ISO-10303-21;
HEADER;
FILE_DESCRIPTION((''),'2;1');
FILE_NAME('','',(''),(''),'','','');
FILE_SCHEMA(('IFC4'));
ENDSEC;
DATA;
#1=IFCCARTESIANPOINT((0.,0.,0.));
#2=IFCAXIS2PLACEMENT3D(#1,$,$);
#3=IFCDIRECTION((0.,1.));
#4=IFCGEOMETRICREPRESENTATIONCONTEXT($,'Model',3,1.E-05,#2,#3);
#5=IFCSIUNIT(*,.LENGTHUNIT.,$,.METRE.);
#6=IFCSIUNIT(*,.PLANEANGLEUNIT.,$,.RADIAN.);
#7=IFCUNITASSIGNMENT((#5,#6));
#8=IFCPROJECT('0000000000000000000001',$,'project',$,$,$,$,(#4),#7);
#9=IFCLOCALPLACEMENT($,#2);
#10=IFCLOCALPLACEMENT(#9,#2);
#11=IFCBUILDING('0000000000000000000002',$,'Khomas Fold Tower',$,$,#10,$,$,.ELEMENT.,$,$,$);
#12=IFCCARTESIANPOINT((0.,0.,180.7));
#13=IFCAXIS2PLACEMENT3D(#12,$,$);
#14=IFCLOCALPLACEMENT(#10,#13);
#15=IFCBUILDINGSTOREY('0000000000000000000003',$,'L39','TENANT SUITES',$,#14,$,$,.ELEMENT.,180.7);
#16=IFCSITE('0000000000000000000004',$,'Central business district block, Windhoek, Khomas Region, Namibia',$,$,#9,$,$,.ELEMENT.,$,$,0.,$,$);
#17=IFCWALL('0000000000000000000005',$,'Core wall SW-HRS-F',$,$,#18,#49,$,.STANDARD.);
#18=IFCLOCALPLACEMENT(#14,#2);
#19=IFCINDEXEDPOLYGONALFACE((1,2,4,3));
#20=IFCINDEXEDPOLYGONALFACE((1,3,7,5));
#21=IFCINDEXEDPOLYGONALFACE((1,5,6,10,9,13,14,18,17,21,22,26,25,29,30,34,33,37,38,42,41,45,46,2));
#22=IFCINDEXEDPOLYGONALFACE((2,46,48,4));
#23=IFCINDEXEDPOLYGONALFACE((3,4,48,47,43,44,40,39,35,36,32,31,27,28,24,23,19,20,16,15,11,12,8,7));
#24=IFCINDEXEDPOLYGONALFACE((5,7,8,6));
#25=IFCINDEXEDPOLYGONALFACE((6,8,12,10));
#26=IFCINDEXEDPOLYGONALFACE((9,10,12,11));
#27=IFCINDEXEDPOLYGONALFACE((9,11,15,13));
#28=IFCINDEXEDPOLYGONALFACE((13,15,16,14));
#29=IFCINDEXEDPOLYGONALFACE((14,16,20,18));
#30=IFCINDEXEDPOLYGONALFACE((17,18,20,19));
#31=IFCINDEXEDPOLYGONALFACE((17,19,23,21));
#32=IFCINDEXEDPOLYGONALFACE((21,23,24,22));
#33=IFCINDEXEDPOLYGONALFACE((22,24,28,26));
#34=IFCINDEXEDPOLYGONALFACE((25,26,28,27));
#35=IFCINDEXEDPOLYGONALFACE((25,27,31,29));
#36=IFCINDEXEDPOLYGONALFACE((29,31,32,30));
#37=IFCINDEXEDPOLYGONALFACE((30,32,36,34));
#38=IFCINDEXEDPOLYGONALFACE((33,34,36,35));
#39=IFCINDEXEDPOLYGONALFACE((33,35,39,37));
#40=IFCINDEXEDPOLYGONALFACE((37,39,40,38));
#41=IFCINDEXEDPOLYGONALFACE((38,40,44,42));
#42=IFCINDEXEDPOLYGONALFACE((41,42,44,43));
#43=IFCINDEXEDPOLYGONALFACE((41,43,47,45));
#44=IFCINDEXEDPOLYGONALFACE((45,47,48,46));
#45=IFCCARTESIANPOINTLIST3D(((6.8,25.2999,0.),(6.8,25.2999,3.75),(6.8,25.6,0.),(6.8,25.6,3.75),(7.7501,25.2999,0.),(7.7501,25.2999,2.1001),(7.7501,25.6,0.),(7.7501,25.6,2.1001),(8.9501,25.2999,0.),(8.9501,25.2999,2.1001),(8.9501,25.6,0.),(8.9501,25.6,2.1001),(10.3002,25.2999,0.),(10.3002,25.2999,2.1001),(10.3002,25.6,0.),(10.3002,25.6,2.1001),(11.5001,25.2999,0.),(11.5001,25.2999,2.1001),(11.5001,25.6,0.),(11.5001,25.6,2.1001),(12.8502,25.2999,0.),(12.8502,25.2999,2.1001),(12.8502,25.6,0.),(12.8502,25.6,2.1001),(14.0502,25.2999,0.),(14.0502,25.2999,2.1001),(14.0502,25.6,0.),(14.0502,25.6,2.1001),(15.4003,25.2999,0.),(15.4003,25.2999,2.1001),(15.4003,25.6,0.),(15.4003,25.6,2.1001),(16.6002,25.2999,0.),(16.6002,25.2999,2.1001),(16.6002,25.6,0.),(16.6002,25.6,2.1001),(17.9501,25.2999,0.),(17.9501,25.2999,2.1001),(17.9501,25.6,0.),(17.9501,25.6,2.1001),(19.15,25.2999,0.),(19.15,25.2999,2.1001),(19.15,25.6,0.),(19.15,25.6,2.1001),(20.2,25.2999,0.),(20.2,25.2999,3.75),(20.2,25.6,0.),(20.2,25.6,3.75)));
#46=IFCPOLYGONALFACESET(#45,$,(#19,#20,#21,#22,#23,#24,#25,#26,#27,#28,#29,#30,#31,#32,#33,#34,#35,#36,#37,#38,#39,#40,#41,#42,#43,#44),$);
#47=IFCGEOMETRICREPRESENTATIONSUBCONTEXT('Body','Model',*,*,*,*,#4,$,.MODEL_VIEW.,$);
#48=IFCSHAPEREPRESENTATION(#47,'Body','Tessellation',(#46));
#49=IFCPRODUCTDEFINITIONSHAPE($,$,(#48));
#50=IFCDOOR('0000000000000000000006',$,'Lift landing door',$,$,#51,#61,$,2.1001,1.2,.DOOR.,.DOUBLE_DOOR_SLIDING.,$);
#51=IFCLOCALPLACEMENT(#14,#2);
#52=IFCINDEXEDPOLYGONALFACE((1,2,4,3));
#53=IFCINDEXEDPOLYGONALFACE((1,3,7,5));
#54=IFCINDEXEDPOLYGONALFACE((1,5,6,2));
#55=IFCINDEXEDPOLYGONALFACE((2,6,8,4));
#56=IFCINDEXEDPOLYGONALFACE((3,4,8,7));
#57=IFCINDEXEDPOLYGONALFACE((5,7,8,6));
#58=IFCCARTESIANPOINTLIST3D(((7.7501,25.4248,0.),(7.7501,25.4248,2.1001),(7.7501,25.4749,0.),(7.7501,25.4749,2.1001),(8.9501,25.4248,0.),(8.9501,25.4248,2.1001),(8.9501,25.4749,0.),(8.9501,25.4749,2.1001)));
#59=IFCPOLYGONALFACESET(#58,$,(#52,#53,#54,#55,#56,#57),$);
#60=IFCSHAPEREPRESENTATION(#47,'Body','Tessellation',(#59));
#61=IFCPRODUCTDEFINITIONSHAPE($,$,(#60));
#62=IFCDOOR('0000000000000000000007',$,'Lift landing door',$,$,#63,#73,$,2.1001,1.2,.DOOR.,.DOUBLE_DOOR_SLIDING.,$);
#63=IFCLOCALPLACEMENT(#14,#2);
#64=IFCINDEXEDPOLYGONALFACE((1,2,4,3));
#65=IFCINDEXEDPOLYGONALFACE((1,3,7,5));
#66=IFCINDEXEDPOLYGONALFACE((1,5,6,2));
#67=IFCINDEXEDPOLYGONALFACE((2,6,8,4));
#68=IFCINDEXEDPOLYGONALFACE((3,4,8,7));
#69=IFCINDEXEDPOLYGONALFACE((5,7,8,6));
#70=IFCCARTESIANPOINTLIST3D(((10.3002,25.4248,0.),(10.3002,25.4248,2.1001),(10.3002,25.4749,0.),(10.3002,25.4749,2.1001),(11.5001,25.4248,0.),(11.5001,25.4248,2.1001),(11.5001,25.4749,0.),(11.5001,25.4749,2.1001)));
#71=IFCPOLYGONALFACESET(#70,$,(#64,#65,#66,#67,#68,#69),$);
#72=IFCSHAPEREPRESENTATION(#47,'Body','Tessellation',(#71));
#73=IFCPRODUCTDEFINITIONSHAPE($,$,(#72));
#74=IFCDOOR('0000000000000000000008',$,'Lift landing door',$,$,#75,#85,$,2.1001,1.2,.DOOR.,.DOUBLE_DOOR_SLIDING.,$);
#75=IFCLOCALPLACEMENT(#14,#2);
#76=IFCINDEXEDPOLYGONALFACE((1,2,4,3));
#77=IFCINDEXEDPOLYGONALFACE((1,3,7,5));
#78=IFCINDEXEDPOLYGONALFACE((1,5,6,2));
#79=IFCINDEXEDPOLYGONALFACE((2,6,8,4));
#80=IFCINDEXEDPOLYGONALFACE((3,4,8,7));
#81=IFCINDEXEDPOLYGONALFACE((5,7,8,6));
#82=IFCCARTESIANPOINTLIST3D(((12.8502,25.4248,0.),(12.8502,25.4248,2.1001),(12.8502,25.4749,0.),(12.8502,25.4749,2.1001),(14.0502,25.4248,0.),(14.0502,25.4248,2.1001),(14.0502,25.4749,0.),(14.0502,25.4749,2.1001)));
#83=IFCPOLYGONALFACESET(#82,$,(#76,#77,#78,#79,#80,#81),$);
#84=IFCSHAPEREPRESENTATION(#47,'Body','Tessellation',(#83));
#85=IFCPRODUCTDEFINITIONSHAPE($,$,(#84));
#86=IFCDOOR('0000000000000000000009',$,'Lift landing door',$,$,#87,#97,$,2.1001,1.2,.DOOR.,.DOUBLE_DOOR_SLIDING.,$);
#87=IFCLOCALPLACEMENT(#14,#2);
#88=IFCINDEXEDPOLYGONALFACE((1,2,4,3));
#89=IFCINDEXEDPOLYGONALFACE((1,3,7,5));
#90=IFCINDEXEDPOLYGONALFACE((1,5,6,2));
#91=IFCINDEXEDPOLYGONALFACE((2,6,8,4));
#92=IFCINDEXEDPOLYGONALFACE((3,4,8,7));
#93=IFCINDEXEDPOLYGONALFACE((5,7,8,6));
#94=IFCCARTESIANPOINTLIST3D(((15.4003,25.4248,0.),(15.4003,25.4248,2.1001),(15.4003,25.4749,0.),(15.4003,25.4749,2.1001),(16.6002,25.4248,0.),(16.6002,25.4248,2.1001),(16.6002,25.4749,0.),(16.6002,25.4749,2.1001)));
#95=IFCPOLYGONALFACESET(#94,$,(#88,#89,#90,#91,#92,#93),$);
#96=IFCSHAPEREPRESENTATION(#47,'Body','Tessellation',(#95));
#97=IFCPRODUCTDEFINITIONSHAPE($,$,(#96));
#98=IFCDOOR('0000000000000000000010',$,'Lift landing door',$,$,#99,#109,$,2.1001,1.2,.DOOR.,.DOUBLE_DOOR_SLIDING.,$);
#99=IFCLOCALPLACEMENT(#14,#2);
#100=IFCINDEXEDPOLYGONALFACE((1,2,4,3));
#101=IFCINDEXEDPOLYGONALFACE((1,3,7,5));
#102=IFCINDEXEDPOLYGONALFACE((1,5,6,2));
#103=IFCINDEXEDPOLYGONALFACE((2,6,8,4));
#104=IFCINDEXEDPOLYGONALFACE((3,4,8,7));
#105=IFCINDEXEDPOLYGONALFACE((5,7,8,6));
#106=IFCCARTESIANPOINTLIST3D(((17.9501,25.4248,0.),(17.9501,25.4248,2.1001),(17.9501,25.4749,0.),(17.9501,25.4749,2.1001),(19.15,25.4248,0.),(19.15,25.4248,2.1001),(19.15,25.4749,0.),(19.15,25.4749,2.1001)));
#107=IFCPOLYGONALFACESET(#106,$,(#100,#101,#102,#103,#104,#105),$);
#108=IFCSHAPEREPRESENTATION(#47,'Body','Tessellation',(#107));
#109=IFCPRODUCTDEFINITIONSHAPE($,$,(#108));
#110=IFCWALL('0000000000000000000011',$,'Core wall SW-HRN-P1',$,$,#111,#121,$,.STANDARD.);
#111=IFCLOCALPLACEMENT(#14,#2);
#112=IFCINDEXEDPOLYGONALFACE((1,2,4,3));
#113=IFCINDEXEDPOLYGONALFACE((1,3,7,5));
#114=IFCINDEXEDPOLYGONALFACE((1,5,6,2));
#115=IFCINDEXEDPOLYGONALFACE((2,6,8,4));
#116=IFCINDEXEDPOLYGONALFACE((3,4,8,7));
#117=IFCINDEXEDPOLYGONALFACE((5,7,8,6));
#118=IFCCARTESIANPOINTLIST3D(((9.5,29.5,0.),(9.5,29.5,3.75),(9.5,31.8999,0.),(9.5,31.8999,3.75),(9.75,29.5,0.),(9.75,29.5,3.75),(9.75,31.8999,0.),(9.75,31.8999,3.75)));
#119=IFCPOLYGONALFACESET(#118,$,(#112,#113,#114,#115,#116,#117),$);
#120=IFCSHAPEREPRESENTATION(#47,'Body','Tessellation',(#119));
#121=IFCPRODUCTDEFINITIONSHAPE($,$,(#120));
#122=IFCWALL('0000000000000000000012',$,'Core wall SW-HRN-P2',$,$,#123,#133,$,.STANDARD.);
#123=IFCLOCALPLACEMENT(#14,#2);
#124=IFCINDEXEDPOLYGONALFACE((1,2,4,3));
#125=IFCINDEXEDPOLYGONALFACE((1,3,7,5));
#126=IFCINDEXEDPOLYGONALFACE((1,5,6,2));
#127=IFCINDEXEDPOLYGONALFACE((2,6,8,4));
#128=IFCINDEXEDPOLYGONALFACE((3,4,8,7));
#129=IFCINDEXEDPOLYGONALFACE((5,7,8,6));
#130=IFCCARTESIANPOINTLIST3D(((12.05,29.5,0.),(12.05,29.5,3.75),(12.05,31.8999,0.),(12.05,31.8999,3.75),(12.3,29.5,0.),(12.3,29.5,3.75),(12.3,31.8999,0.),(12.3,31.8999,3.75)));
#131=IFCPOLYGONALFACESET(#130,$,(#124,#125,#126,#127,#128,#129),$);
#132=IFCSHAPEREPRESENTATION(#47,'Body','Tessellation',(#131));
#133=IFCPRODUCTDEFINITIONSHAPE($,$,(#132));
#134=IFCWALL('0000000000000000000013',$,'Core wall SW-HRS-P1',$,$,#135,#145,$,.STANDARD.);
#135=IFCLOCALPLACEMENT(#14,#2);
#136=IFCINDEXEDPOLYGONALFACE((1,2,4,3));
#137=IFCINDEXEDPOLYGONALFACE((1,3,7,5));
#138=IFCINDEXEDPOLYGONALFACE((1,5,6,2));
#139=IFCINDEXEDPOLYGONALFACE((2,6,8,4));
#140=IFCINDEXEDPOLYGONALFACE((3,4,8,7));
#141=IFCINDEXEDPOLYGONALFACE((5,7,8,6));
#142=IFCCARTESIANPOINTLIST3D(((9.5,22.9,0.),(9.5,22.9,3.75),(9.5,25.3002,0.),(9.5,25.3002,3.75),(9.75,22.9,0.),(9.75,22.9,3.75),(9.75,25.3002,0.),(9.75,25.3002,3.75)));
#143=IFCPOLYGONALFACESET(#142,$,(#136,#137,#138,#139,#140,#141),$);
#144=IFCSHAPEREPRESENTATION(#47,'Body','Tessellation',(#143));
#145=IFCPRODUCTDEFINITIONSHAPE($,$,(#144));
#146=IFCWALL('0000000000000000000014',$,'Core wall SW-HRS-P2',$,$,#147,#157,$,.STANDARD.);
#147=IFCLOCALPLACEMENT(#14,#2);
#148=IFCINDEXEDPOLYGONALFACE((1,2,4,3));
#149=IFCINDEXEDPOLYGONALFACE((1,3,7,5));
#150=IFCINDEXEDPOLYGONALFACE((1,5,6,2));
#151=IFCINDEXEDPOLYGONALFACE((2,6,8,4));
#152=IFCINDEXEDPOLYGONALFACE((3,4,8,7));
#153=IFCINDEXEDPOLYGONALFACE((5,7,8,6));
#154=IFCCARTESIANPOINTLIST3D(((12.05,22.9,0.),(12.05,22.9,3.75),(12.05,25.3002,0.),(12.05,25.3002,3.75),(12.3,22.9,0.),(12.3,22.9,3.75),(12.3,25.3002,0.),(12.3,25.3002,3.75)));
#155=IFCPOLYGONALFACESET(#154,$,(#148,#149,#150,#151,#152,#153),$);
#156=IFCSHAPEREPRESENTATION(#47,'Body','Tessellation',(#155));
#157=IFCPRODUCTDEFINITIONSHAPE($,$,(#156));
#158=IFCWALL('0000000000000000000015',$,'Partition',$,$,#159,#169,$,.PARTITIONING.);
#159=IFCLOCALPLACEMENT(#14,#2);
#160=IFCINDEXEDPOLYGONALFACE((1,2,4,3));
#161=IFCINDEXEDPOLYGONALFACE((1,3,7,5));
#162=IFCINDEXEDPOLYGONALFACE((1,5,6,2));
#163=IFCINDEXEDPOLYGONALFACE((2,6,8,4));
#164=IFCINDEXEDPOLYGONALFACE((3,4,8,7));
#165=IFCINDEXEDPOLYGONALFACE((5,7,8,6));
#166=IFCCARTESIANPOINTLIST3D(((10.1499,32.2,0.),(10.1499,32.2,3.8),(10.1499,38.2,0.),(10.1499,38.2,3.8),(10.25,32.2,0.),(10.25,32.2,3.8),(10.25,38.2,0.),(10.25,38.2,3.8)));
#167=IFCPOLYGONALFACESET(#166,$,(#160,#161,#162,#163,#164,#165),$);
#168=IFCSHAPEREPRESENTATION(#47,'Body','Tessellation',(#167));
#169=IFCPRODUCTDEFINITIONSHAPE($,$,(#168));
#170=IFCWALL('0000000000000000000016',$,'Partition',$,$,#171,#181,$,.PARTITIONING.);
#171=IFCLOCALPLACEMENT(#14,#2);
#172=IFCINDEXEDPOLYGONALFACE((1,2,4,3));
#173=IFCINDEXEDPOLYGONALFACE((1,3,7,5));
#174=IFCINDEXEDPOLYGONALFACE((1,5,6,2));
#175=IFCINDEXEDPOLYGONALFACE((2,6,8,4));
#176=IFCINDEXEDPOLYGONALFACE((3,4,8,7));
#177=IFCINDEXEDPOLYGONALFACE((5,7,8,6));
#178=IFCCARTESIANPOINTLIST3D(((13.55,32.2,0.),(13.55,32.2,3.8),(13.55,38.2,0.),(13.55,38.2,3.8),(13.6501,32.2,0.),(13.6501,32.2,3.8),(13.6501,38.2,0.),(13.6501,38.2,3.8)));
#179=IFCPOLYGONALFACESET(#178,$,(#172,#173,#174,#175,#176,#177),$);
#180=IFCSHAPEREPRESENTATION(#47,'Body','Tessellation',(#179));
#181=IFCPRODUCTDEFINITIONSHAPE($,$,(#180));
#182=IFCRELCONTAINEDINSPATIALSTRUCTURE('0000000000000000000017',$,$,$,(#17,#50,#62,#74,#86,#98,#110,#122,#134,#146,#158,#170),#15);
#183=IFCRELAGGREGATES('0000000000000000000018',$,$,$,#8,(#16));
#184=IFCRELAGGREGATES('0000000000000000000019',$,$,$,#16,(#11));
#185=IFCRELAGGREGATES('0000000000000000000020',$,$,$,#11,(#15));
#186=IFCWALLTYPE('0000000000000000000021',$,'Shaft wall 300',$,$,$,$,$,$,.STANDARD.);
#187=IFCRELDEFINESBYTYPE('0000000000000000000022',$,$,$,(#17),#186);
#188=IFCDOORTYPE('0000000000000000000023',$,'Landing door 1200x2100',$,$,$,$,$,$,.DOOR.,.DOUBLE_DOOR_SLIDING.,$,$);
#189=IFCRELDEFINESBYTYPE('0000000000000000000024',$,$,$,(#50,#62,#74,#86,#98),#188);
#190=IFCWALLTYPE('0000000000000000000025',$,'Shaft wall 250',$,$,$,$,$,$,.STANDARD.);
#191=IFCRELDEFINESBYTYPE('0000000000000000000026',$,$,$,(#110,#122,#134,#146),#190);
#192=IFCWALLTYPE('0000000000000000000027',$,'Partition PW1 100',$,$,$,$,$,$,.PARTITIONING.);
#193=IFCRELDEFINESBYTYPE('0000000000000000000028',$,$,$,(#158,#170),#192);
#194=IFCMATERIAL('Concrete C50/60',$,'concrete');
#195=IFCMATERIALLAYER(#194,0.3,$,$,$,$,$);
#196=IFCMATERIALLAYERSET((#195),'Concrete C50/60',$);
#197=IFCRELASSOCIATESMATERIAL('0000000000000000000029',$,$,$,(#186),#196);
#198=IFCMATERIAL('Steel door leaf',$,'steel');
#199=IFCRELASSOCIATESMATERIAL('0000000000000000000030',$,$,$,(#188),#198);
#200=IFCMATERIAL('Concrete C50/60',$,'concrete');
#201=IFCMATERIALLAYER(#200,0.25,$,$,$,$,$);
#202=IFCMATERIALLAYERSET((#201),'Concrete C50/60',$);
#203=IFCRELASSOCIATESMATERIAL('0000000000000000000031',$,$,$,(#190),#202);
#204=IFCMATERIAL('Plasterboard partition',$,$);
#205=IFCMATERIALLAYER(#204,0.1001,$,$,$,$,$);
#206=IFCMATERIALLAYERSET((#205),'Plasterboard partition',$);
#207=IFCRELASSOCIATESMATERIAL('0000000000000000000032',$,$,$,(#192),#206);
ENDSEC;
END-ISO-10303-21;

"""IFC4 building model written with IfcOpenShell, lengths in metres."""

from ifc_helpers import new_model, si_unit, direction, frame, frame_2d, origin, place, context, subcontext, project, spatial, rectangle, extrude, source, transform, mapped, material, layer, layer_set, type_object, element, fill, save


model = new_model("IFC4")

# Units and contexts
model_context = context("Model", 3, precision=1e-05, world=origin(), true_north=direction((0.0, 1.0)))
body_context = subcontext(model_context, "Body", "Model", "MODEL_VIEW")
ifc_project = project(units=[si_unit("LENGTHUNIT", "METRE"), si_unit("PLANEANGLEUNIT", "RADIAN")], contexts=[model_context])

# Site, building, storey
site_placement = place(None, origin())
site = spatial("IfcSite", under=ifc_project, at=site_placement, Name="Central business district block, Windhoek, Khomas Region, Namibia", CompositionType="ELEMENT", RefElevation=0.0)
building_placement = place(site_placement, origin())
building = spatial("IfcBuilding", under=site, at=building_placement, Name="Khomas Fold Tower", CompositionType="ELEMENT")
storey_placement = place(building_placement, frame((0.0, 0.0, 180.7)))
storey = spatial("IfcBuildingStorey", under=building, at=storey_placement, Name="L39", Description="TENANT SUITES", CompositionType="ELEMENT", Elevation=180.7)

# Shared definitions
ifc_material_1 = material(Name="Concrete C50/60", Category="concrete")
ifc_layer_1 = layer(ifc_material_1, 0.3)
ifc_layer_set_1 = layer_set([ifc_layer_1], Name="Concrete C50/60")
wall_type_1 = type_object("IfcWallType", Name="Shaft wall 300", PredefinedType="STANDARD", material=ifc_layer_set_1)
shared_shape_1 = source(origin(), body_context, "Body", "SweptSolid", [
    extrude(rectangle(XDim=13.3999, YDim=0.3, at=frame_2d((6.7, 0.0))), origin(), (0.0, 0.0, 1.0), 3.75),
])

# Wall, openings, doors
shared_shape_2 = source(origin(), body_context, "Body", "SweptSolid", [
    extrude(rectangle(XDim=1.2, YDim=2.1001, at=frame_2d((0.6001, 1.05))), frame((0.0, 0.1599, 0.0), z_axis=(0.0, -1.0, 0.0), x_axis=(1.0, 0.0, 0.0)), (0.0, 0.0, 1.0), 0.3201),
])
ifc_material_2 = material(Name="Steel door leaf", Category="steel")
door_type = type_object("IfcDoorType", Name="Landing door 1200x2100", OperationType="DOUBLE_DOOR_SLIDING", PredefinedType="DOOR", material=ifc_material_2)
shared_shape_3 = source(origin(), body_context, "Body", "SweptSolid", [
    extrude(rectangle(XDim=1.2, YDim=2.1001, at=frame_2d((0.6001, 1.05))), frame((0.0, 0.0249, 0.0), z_axis=(0.0, -1.0, 0.0), x_axis=(1.0, 0.0, 0.0)), (0.0, 0.0, 1.0), 0.05),
])
wall_1_placement = place(storey_placement, frame((6.8, 25.45, 0.0), z_axis=(0.0, 0.0, 1.0), x_axis=(1.0, 0.0, 0.0)))
wall_1 = element("IfcWall", 1, at=wall_1_placement, inside=storey, type_object=wall_type_1, Name="Core wall SW-HRS-F", PredefinedType="STANDARD", context=body_context, shape_type="MappedRepresentation", body=[
    mapped(shared_shape_1, transform((0.0, 0.0, 0.0))),
])
opening_1_placement = place(wall_1_placement, frame((0.95, 0.0, 0.0)))
opening_1 = element("IfcOpeningElement", 2, at=opening_1_placement, cuts=wall_1, PredefinedType="OPENING", context=body_context, shape_type="MappedRepresentation", body=[
    mapped(shared_shape_2, transform((0.0, 0.0, 0.0))),
])
opening_2_placement = place(wall_1_placement, frame((3.5, 0.0, 0.0)))
opening_2 = element("IfcOpeningElement", 3, at=opening_2_placement, cuts=wall_1, PredefinedType="OPENING", context=body_context, shape_type="MappedRepresentation", body=[
    mapped(shared_shape_2, transform((0.0, 0.0, 0.0))),
])
opening_3_placement = place(wall_1_placement, frame((6.05, 0.0, 0.0)))
opening_3 = element("IfcOpeningElement", 4, at=opening_3_placement, cuts=wall_1, PredefinedType="OPENING", context=body_context, shape_type="MappedRepresentation", body=[
    mapped(shared_shape_2, transform((0.0, 0.0, 0.0))),
])
opening_4_placement = place(wall_1_placement, frame((8.6001, 0.0, 0.0)))
opening_4 = element("IfcOpeningElement", 5, at=opening_4_placement, cuts=wall_1, PredefinedType="OPENING", context=body_context, shape_type="MappedRepresentation", body=[
    mapped(shared_shape_2, transform((0.0, 0.0, 0.0))),
])
opening_5_placement = place(wall_1_placement, frame((11.1499, 0.0, 0.0)))
opening_5 = element("IfcOpeningElement", 6, at=opening_5_placement, cuts=wall_1, PredefinedType="OPENING", context=body_context, shape_type="MappedRepresentation", body=[
    mapped(shared_shape_2, transform((0.0, 0.0, 0.0))),
])
door_1_placement = place(opening_1_placement, origin())
door_1 = element("IfcDoor", 7, at=door_1_placement, inside=storey, type_object=door_type, Name="Lift landing door", OperationType="DOUBLE_DOOR_SLIDING", OverallHeight=2.1001, OverallWidth=1.2, PredefinedType="DOOR", context=body_context, shape_type="MappedRepresentation", body=[
    mapped(shared_shape_3, transform((0.0, 0.0, 0.0))),
])
fill(opening_1, door_1)
door_2_placement = place(opening_2_placement, origin())
door_2 = element("IfcDoor", 8, at=door_2_placement, inside=storey, type_object=door_type, Name="Lift landing door", OperationType="DOUBLE_DOOR_SLIDING", OverallHeight=2.1001, OverallWidth=1.2, PredefinedType="DOOR", context=body_context, shape_type="MappedRepresentation", body=[
    mapped(shared_shape_3, transform((0.0, 0.0, 0.0))),
])
fill(opening_2, door_2)
door_3_placement = place(opening_3_placement, origin())
door_3 = element("IfcDoor", 9, at=door_3_placement, inside=storey, type_object=door_type, Name="Lift landing door", OperationType="DOUBLE_DOOR_SLIDING", OverallHeight=2.1001, OverallWidth=1.2, PredefinedType="DOOR", context=body_context, shape_type="MappedRepresentation", body=[
    mapped(shared_shape_3, transform((0.0, 0.0, 0.0))),
])
fill(opening_3, door_3)
door_4_placement = place(opening_4_placement, origin())
door_4 = element("IfcDoor", 10, at=door_4_placement, inside=storey, type_object=door_type, Name="Lift landing door", OperationType="DOUBLE_DOOR_SLIDING", OverallHeight=2.1001, OverallWidth=1.2, PredefinedType="DOOR", context=body_context, shape_type="MappedRepresentation", body=[
    mapped(shared_shape_3, transform((0.0, 0.0, 0.0))),
])
fill(opening_4, door_4)
door_5_placement = place(opening_5_placement, origin())
door_5 = element("IfcDoor", 11, at=door_5_placement, inside=storey, type_object=door_type, Name="Lift landing door", OperationType="DOUBLE_DOOR_SLIDING", OverallHeight=2.1001, OverallWidth=1.2, PredefinedType="DOOR", context=body_context, shape_type="MappedRepresentation", body=[
    mapped(shared_shape_3, transform((0.0, 0.0, 0.0))),
])
fill(opening_5, door_5)

# Walls
ifc_material_3 = material(Name="Concrete C50/60", Category="concrete")
ifc_layer_2 = layer(ifc_material_3, 0.25)
ifc_layer_set_2 = layer_set([ifc_layer_2], Name="Concrete C50/60")
wall_type_2 = type_object("IfcWallType", Name="Shaft wall 250", PredefinedType="STANDARD", material=ifc_layer_set_2)
shared_shape_4 = source(origin(), body_context, "Body", "SweptSolid", [
    extrude(rectangle(XDim=2.3999, YDim=0.25, at=frame_2d((1.2, 0.0))), origin(), (0.0, 0.0, 1.0), 3.75),
])
for number, where, z_axis, x_axis, name in (
    (12, (9.625, 29.5, 0.0), (0.0, 0.0, 1.0), (0.0, 1.0, 0.0), "Core wall SW-HRN-P1"),
    (13, (12.175, 29.5, 0.0), (0.0, 0.0, 1.0), (0.0, 1.0, 0.0), "Core wall SW-HRN-P2"),
):
    element("IfcWall", number, at=place(storey_placement, frame(where, z_axis=z_axis, x_axis=x_axis)), inside=storey, type_object=wall_type_2, Name=name, PredefinedType="STANDARD", context=body_context, shape_type="MappedRepresentation", body=[
        mapped(shared_shape_4, transform((0.0, 0.0, 0.0))),
    ])
shared_shape_5 = source(origin(), body_context, "Body", "SweptSolid", [
    extrude(rectangle(XDim=2.4001, YDim=0.25, at=frame_2d((1.2002, 0.0))), origin(), (0.0, 0.0, 1.0), 3.75),
])
for number, where, z_axis, x_axis, name in (
    (14, (9.625, 22.8999, 0.0), (0.0, 0.0, 1.0), (0.0, 1.0, 0.0), "Core wall SW-HRS-P1"),
    (15, (12.175, 22.8999, 0.0), (0.0, 0.0, 1.0), (0.0, 1.0, 0.0), "Core wall SW-HRS-P2"),
):
    element("IfcWall", number, at=place(storey_placement, frame(where, z_axis=z_axis, x_axis=x_axis)), inside=storey, type_object=wall_type_2, Name=name, PredefinedType="STANDARD", context=body_context, shape_type="MappedRepresentation", body=[
        mapped(shared_shape_5, transform((0.0, 0.0, 0.0))),
    ])
ifc_material_4 = material(Name="Plasterboard partition")
ifc_layer_3 = layer(ifc_material_4, 0.1001)
ifc_layer_set_3 = layer_set([ifc_layer_3], Name="Plasterboard partition")
wall_type_3 = type_object("IfcWallType", Name="Partition PW1 100", PredefinedType="PARTITIONING", material=ifc_layer_set_3)
shared_shape_6 = source(origin(), body_context, "Body", "SweptSolid", [
    extrude(rectangle(XDim=6.0, YDim=0.1001, at=frame_2d((3.0, 0.0))), origin(), (0.0, 0.0, 1.0), 3.8),
])
for number, where, z_axis, x_axis, name in (
    (16, (10.2, 32.2, 0.0), (0.0, 0.0, 1.0), (0.0, 1.0, 0.0), "Partition"),
    (17, (13.6001, 32.2, 0.0), (0.0, 0.0, 1.0), (0.0, 1.0, 0.0), "Partition"),
):
    element("IfcWall", number, at=place(storey_placement, frame(where, z_axis=z_axis, x_axis=x_axis)), inside=storey, type_object=wall_type_3, Name=name, PredefinedType="PARTITIONING", context=body_context, shape_type="MappedRepresentation", body=[
        mapped(shared_shape_6, transform((0.0, 0.0, 0.0))),
    ])

save(model, "model.ifc")
